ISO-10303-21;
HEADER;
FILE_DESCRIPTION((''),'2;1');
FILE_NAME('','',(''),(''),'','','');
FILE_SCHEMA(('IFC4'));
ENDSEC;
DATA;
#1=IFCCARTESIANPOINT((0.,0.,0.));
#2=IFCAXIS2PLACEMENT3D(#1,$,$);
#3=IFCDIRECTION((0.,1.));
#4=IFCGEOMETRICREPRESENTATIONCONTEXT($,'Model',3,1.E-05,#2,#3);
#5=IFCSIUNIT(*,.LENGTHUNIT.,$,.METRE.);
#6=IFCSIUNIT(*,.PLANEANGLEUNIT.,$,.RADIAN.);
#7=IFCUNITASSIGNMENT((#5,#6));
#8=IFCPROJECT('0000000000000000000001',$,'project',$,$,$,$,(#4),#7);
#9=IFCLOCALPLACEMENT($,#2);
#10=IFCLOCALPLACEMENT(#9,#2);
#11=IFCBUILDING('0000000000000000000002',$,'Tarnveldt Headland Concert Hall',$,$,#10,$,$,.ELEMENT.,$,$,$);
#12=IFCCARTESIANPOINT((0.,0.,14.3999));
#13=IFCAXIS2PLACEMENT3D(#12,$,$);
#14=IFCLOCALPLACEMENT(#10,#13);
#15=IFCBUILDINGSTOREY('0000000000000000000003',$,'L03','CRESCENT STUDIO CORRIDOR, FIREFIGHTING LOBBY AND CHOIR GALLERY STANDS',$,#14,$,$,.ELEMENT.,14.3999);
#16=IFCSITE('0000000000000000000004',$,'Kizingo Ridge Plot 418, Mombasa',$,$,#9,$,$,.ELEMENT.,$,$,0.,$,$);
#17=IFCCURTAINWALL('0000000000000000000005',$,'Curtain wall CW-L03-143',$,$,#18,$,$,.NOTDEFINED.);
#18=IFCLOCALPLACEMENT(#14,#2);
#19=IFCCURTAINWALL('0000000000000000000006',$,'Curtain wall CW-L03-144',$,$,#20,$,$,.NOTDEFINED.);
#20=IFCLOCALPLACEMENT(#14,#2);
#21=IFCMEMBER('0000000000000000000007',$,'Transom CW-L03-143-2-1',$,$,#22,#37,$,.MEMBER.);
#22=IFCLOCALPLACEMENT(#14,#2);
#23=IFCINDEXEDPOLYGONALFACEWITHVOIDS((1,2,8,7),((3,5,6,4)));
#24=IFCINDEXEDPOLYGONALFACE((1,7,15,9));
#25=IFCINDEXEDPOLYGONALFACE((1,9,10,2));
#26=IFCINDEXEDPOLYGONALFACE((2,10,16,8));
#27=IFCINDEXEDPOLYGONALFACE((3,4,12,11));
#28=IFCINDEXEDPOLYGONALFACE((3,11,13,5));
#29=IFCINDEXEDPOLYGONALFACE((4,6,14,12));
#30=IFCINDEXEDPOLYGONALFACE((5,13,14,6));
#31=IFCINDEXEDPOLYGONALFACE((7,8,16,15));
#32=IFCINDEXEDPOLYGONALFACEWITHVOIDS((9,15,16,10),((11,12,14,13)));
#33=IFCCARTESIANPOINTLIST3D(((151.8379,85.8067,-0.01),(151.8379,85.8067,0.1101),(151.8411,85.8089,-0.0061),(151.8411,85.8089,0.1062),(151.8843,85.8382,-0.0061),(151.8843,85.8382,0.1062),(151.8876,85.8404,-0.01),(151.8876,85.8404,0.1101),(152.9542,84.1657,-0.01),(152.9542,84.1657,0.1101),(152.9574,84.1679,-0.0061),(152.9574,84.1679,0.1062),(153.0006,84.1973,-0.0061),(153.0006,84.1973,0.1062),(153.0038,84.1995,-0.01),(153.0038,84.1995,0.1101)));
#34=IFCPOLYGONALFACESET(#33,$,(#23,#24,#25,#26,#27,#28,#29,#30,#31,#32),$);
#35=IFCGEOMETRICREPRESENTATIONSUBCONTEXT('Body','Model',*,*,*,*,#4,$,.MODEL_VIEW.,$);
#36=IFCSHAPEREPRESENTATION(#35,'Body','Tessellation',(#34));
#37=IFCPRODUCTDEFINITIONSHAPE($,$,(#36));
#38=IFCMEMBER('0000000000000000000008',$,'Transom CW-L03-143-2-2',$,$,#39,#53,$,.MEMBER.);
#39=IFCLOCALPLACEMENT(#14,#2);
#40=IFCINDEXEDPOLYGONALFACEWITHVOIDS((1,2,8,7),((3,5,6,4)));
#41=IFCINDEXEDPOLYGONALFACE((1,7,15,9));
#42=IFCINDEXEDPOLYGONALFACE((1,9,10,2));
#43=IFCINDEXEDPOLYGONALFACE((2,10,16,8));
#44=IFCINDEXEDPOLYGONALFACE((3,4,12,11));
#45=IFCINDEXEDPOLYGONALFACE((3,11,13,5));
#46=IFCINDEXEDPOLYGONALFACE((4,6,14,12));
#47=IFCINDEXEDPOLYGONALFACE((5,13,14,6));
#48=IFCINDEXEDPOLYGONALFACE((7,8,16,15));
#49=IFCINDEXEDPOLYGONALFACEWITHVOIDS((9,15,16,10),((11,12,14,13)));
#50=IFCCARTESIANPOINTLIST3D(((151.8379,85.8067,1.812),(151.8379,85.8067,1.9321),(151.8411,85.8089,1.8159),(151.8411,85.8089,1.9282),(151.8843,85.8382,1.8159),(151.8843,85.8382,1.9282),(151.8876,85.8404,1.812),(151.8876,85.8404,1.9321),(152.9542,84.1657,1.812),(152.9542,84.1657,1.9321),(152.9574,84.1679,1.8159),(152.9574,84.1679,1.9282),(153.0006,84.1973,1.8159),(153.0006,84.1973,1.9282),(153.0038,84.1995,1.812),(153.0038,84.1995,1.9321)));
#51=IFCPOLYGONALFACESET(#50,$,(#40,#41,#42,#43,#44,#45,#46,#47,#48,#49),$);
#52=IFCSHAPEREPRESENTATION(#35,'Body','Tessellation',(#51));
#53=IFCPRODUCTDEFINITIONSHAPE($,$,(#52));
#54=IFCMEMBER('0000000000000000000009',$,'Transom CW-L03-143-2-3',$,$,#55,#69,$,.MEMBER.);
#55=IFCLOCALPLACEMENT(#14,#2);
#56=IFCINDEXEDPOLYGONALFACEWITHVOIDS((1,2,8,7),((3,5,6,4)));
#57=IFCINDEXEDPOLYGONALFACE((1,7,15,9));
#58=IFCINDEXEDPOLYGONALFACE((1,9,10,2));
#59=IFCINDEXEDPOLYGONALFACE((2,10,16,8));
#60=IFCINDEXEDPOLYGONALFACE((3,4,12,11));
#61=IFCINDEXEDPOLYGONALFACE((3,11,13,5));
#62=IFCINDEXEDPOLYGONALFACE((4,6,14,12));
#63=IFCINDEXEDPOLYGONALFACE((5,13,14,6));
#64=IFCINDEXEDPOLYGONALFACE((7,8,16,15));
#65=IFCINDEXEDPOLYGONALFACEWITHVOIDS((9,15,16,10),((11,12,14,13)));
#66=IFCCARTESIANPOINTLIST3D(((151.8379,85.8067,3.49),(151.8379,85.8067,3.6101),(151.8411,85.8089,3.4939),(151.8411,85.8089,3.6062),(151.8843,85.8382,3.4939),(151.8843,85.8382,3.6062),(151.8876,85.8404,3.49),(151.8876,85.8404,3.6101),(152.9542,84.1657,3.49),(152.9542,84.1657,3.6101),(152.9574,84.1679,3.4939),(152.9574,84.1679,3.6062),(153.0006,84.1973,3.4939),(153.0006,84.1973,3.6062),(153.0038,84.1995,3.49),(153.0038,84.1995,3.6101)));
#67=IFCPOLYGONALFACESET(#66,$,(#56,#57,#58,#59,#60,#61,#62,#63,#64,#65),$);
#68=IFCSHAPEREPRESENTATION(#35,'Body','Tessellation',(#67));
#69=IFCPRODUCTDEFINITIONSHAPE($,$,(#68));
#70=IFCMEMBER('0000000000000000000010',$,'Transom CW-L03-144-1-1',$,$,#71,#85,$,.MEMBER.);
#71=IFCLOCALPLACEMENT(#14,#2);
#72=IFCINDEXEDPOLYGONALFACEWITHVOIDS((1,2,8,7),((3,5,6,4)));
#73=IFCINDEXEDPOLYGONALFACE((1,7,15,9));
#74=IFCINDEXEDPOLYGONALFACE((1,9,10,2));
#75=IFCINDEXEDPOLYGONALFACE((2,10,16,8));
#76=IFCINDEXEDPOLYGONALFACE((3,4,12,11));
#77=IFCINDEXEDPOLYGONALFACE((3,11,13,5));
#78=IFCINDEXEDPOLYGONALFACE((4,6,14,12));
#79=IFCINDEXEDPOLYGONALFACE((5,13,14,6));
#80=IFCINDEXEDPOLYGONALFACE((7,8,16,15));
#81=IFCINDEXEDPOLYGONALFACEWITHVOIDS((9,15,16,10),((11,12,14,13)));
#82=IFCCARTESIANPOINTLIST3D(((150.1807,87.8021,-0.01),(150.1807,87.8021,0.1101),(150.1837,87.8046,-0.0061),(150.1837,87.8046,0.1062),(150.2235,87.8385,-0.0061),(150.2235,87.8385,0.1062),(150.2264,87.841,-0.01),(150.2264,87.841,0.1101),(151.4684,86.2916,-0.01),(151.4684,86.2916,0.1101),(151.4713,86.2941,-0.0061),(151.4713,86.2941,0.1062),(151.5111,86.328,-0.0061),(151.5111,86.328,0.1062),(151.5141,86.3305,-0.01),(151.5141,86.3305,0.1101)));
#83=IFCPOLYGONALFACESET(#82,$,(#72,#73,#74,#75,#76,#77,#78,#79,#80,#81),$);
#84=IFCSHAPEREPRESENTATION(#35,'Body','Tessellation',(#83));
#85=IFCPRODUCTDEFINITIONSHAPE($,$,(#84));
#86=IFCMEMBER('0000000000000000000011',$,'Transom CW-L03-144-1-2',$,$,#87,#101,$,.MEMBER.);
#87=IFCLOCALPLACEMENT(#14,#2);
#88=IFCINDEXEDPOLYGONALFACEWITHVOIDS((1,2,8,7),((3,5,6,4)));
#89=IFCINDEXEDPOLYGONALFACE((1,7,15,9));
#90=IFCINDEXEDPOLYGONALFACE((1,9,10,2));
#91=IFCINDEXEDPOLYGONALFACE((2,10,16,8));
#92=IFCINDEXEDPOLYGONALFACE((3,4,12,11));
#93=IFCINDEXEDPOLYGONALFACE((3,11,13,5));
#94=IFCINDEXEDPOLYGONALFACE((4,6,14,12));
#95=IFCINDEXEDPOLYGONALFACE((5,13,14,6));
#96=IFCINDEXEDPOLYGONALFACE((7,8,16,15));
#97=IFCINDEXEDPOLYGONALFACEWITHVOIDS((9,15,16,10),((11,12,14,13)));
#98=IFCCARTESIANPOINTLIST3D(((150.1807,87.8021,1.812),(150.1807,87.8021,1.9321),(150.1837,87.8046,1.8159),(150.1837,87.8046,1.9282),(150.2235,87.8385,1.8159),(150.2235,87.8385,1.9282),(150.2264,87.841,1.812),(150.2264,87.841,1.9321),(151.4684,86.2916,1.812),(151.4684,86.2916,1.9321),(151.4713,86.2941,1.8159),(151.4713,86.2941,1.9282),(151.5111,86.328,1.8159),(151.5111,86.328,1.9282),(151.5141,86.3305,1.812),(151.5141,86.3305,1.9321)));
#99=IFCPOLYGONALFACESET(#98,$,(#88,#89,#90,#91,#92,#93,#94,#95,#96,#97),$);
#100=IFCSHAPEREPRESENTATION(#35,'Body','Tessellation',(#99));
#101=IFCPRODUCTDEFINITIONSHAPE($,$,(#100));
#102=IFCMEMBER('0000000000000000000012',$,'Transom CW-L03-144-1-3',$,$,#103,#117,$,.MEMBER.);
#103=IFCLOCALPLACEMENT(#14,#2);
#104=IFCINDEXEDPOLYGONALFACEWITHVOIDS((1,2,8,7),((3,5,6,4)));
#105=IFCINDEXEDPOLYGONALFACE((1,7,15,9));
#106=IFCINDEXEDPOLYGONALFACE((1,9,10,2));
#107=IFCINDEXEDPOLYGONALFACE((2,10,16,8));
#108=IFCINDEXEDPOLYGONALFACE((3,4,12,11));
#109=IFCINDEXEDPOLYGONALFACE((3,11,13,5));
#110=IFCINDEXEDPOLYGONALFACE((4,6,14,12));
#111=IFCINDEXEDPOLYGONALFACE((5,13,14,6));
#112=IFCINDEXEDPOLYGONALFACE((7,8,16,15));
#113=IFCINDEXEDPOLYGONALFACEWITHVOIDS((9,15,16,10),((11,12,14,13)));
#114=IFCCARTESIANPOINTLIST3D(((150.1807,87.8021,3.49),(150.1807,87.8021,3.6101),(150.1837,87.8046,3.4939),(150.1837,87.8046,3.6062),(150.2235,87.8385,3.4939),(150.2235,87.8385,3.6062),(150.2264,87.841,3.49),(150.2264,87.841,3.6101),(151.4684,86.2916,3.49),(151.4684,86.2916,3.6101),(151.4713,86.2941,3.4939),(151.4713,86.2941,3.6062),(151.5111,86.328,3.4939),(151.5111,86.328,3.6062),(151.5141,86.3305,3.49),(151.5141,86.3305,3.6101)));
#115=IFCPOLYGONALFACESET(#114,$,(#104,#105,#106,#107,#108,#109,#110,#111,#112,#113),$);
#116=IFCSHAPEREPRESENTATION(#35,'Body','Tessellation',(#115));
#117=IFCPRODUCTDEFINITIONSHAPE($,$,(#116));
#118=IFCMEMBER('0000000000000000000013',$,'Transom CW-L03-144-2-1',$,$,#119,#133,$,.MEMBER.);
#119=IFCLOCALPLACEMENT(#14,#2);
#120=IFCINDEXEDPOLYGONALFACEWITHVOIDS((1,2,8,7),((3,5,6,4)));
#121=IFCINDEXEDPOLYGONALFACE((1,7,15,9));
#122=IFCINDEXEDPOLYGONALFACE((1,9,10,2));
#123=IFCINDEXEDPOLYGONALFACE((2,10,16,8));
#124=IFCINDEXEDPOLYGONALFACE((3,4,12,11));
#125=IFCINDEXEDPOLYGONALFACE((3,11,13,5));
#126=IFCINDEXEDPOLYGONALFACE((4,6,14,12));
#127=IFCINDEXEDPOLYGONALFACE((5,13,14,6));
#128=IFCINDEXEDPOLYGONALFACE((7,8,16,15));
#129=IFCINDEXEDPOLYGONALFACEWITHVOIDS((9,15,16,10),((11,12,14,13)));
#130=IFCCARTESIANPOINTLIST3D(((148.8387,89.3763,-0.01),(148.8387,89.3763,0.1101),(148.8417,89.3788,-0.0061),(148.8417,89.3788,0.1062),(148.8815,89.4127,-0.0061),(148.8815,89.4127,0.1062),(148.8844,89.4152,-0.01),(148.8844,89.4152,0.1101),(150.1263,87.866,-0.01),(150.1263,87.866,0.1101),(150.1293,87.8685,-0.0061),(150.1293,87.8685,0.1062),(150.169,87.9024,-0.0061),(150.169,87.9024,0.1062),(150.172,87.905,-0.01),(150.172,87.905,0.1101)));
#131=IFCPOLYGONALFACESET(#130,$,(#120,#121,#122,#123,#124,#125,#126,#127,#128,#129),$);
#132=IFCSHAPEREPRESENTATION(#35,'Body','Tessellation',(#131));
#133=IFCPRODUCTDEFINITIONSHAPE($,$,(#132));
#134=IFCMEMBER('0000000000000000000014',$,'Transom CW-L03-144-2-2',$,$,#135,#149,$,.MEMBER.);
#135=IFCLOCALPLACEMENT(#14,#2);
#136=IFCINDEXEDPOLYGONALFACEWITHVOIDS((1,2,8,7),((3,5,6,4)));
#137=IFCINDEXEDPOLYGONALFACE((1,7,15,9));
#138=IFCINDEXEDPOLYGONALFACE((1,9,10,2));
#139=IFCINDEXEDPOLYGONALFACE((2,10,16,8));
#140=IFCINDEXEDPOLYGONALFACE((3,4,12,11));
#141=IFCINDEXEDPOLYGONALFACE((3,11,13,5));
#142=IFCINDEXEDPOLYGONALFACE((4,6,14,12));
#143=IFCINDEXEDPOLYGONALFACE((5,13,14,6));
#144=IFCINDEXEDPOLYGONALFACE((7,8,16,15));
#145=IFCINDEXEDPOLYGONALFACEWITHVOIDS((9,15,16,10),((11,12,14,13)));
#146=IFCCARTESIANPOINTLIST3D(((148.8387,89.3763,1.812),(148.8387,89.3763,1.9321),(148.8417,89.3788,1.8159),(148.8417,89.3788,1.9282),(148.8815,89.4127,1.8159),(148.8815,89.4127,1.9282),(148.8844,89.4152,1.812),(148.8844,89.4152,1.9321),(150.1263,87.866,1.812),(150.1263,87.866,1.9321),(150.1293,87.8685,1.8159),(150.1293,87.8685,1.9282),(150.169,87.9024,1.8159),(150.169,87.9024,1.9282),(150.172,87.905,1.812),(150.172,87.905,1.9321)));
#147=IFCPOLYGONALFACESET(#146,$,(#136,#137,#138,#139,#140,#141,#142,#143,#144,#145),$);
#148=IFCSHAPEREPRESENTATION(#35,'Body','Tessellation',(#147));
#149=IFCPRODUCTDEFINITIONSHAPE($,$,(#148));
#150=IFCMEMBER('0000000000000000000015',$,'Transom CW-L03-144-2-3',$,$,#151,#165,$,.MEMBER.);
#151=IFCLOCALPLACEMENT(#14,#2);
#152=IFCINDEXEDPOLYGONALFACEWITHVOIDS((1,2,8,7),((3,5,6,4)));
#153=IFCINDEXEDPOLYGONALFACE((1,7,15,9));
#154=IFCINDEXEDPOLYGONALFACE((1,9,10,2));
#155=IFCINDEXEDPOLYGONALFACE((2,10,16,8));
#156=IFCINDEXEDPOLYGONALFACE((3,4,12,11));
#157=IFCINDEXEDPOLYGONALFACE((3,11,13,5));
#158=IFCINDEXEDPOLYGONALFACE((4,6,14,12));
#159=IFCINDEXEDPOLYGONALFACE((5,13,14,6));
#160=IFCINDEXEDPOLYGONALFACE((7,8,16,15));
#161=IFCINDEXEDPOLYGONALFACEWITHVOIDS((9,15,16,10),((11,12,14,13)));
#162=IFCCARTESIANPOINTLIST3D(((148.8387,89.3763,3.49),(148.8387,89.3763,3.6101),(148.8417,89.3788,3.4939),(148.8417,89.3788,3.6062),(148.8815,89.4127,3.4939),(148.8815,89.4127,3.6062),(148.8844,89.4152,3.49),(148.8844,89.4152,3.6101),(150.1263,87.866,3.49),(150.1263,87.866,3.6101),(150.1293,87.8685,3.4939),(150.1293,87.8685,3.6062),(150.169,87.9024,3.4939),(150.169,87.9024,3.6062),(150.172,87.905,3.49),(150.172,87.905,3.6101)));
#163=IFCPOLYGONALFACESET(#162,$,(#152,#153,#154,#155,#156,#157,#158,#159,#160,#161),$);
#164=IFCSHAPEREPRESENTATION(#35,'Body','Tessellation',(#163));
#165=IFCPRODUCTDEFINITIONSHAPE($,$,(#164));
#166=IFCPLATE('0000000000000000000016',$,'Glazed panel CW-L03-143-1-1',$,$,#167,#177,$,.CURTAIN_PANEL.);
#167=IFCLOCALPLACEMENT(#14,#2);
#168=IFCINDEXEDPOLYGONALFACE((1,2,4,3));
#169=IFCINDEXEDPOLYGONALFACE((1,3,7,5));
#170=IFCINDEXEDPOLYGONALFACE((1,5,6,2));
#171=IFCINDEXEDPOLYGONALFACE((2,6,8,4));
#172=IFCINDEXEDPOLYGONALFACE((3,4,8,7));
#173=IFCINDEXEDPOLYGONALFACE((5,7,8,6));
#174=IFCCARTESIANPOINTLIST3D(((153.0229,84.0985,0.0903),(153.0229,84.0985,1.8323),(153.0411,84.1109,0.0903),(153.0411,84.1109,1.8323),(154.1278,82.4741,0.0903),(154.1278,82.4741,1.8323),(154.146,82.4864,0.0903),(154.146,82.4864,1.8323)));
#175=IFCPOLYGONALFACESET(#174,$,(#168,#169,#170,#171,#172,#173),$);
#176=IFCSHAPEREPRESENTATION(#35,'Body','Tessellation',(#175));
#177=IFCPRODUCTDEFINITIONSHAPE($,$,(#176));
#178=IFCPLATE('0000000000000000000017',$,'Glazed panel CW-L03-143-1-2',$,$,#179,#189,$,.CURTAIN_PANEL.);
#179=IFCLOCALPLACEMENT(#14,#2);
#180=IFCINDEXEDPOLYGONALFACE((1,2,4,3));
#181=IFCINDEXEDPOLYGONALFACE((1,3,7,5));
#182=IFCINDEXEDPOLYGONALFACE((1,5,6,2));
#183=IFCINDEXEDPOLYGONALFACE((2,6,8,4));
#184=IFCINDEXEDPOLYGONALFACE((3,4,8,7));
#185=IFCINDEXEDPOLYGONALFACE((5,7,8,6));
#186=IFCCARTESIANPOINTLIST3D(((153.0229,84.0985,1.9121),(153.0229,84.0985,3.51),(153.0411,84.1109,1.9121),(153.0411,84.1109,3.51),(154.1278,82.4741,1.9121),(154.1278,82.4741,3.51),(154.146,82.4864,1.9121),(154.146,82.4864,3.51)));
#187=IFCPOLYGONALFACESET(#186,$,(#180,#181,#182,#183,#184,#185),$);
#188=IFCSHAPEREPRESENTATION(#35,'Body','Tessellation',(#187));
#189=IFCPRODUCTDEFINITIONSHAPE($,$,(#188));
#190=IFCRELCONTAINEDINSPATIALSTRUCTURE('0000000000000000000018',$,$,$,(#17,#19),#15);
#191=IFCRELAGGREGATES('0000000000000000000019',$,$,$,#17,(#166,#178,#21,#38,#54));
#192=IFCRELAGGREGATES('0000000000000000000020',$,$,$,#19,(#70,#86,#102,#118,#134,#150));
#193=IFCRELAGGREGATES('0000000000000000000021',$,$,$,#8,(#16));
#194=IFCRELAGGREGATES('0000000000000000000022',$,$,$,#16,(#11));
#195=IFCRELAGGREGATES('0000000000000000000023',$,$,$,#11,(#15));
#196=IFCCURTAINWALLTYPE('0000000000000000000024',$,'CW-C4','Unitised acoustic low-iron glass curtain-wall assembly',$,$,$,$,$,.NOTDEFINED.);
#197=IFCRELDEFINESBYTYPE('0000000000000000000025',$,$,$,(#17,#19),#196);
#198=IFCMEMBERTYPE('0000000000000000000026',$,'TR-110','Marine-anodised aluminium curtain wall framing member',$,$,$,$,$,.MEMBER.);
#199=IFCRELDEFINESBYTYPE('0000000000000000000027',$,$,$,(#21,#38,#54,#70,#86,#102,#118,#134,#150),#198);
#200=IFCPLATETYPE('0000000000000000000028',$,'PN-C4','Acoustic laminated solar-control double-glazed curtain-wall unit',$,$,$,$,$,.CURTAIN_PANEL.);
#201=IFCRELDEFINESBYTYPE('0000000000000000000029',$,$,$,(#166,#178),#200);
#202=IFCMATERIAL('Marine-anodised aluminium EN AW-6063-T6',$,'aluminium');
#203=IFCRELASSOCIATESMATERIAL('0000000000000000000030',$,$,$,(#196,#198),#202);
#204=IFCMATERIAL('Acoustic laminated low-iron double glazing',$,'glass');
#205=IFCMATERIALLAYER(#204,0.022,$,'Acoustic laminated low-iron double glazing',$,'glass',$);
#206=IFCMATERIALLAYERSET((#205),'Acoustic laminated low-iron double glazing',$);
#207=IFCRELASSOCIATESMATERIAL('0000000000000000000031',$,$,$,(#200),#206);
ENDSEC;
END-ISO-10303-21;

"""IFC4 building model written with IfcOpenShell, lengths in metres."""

from ifc_helpers import new_model, si_unit, direction, frame, origin, origin_2d, place, context, subcontext, project, spatial, rectangle, hollow_rectangle, extrude, material, layer, layer_set, material_profile, profile_set, type_object, element, aggregate, save


model = new_model("IFC4")

# Units and contexts
model_context = context("Model", 3, precision=1e-05, world=origin(), true_north=direction((0.0, 1.0)))
body_context = subcontext(model_context, "Body", "Model", "MODEL_VIEW")
ifc_project = project(units=[si_unit("LENGTHUNIT", "METRE"), si_unit("PLANEANGLEUNIT", "RADIAN")], contexts=[model_context])

# Site, building, storey
site_placement = place(None, origin())
site = spatial("IfcSite", under=ifc_project, at=site_placement, Name="Kizingo Ridge Plot 418, Mombasa", CompositionType="ELEMENT", RefElevation=0.0)
building_placement = place(site_placement, origin())
building = spatial("IfcBuilding", under=site, at=building_placement, Name="Tarnveldt Headland Concert Hall", CompositionType="ELEMENT")
storey_placement = place(building_placement, frame((0.0, 0.0, 14.3999)))
storey = spatial("IfcBuildingStorey", under=building, at=storey_placement, Name="L03", Description="CRESCENT STUDIO CORRIDOR, FIREFIGHTING LOBBY AND CHOIR GALLERY STANDS", CompositionType="ELEMENT", Elevation=14.3999)

# Curtain walls
ifc_material_1 = material(Name="Marine-anodised aluminium EN AW-6063-T6", Category="aluminium")
curtain_wall_type = type_object("IfcCurtainWallType", Name="CW-C4", Description="Unitised acoustic low-iron glass curtain-wall assembly", PredefinedType="NOTDEFINED", material=ifc_material_1)
curtain_wall_1_placement = place(storey_placement, origin())
curtain_wall_1 = element("IfcCurtainWall", 1, at=curtain_wall_1_placement, inside=storey, type_object=curtain_wall_type, Name="Curtain wall CW-L03-143", PredefinedType="NOTDEFINED")
curtain_wall_2_placement = place(storey_placement, origin())
curtain_wall_2 = element("IfcCurtainWall", 2, at=curtain_wall_2_placement, inside=storey, type_object=curtain_wall_type, Name="Curtain wall CW-L03-144", PredefinedType="NOTDEFINED")

# Members
ifc_material_profile_1 = material_profile(ifc_material_1, hollow_rectangle(XDim=0.0601, YDim=0.1201, WallThickness=0.0039, at=origin_2d()), Name="ALU TRANSOM 60x120x4", Category="aluminium")
ifc_profile_set_1 = profile_set([ifc_material_profile_1], Name="Marine-anodised aluminium EN AW-6063-T6")
member_type_1 = type_object("IfcMemberType", Name="TR-110", Description="Marine-anodised aluminium curtain wall framing member", PredefinedType="MEMBER", material=ifc_profile_set_1)
member_1_placement = place(storey_placement, frame((152.979, 84.1826, 0.05), z_axis=(-0.562455, 0.826828, 0.0), x_axis=(-0.826828, -0.562455, 0.0)))
member_1 = element("IfcMember", 3, at=member_1_placement, type_object=member_type_1, Name="Transom CW-L03-143-2-1", PredefinedType="MEMBER", context=body_context, shape_type="SweptSolid", body=[
    extrude(hollow_rectangle(XDim=0.0601, YDim=0.1201, WallThickness=0.0039, at=origin_2d()), origin(), (0.0, 0.0, 1.0), 1.9846),
])
member_2_placement = place(storey_placement, frame((152.979, 84.1826, 1.8721), z_axis=(-0.562455, 0.826828, 0.0), x_axis=(-0.826828, -0.562455, 0.0)))
member_2 = element("IfcMember", 4, at=member_2_placement, type_object=member_type_1, Name="Transom CW-L03-143-2-2", PredefinedType="MEMBER", context=body_context, shape_type="SweptSolid", body=[
    extrude(hollow_rectangle(XDim=0.0601, YDim=0.1201, WallThickness=0.0039, at=origin_2d()), origin(), (0.0, 0.0, 1.0), 1.9846),
])
member_3_placement = place(storey_placement, frame((152.979, 84.1826, 3.55), z_axis=(-0.562455, 0.826828, 0.0), x_axis=(-0.826828, -0.562455, 0.0)))
member_3 = element("IfcMember", 5, at=member_3_placement, type_object=member_type_1, Name="Transom CW-L03-143-2-3", PredefinedType="MEMBER", context=body_context, shape_type="SweptSolid", body=[
    extrude(hollow_rectangle(XDim=0.0601, YDim=0.1201, WallThickness=0.0039, at=origin_2d()), origin(), (0.0, 0.0, 1.0), 1.9846),
])
member_4_placement = place(storey_placement, frame((151.4912, 86.311, 0.05), z_axis=(-0.648722, 0.761025, 0.0), x_axis=(-0.761025, -0.648722, 0.0)))
member_4 = element("IfcMember", 6, at=member_4_placement, type_object=member_type_1, Name="Transom CW-L03-144-1-1", PredefinedType="MEMBER", context=body_context, shape_type="SweptSolid", body=[
    extrude(hollow_rectangle(XDim=0.0601, YDim=0.1201, WallThickness=0.0039, at=origin_2d()), origin(), (0.0, 0.0, 1.0), 1.9849),
])
member_5_placement = place(storey_placement, frame((151.4912, 86.311, 1.8721), z_axis=(-0.648722, 0.761025, 0.0), x_axis=(-0.761025, -0.648722, 0.0)))
member_5 = element("IfcMember", 7, at=member_5_placement, type_object=member_type_1, Name="Transom CW-L03-144-1-2", PredefinedType="MEMBER", context=body_context, shape_type="SweptSolid", body=[
    extrude(hollow_rectangle(XDim=0.0601, YDim=0.1201, WallThickness=0.0039, at=origin_2d()), origin(), (0.0, 0.0, 1.0), 1.9849),
])
member_6_placement = place(storey_placement, frame((151.4912, 86.311, 3.55), z_axis=(-0.648722, 0.761025, 0.0), x_axis=(-0.761025, -0.648722, 0.0)))
member_6 = element("IfcMember", 8, at=member_6_placement, type_object=member_type_1, Name="Transom CW-L03-144-1-3", PredefinedType="MEMBER", context=body_context, shape_type="SweptSolid", body=[
    extrude(hollow_rectangle(XDim=0.0601, YDim=0.1201, WallThickness=0.0039, at=origin_2d()), origin(), (0.0, 0.0, 1.0), 1.9849),
])
member_7_placement = place(storey_placement, frame((150.1492, 87.8855, 0.05), z_axis=(-0.648783, 0.760973, 0.0), x_axis=(-0.760973, -0.648783, 0.0)))
member_7 = element("IfcMember", 9, at=member_7_placement, type_object=member_type_1, Name="Transom CW-L03-144-2-1", PredefinedType="MEMBER", context=body_context, shape_type="SweptSolid", body=[
    extrude(hollow_rectangle(XDim=0.0601, YDim=0.1201, WallThickness=0.0039, at=origin_2d()), origin(), (0.0, 0.0, 1.0), 1.9846),
])
member_8_placement = place(storey_placement, frame((150.1492, 87.8855, 1.8721), z_axis=(-0.648783, 0.760973, 0.0), x_axis=(-0.760973, -0.648783, 0.0)))
member_8 = element("IfcMember", 10, at=member_8_placement, type_object=member_type_1, Name="Transom CW-L03-144-2-2", PredefinedType="MEMBER", context=body_context, shape_type="SweptSolid", body=[
    extrude(hollow_rectangle(XDim=0.0601, YDim=0.1201, WallThickness=0.0039, at=origin_2d()), origin(), (0.0, 0.0, 1.0), 1.9846),
])
member_9_placement = place(storey_placement, frame((150.1492, 87.8855, 3.55), z_axis=(-0.648783, 0.760973, 0.0), x_axis=(-0.760973, -0.648783, 0.0)))
member_9 = element("IfcMember", 11, at=member_9_placement, type_object=member_type_1, Name="Transom CW-L03-144-2-3", PredefinedType="MEMBER", context=body_context, shape_type="SweptSolid", body=[
    extrude(hollow_rectangle(XDim=0.0601, YDim=0.1201, WallThickness=0.0039, at=origin_2d()), origin(), (0.0, 0.0, 1.0), 1.9846),
])

# Plates
ifc_material_2 = material(Name="Acoustic laminated low-iron double glazing", Category="glass")
ifc_layer = layer(ifc_material_2, 0.022, Name="Acoustic laminated low-iron double glazing", Category="glass")
ifc_layer_set = layer_set([ifc_layer], Name="Acoustic laminated low-iron double glazing")
plate_type = type_object("IfcPlateType", Name="PN-C4", Description="Acoustic laminated solar-control double-glazed curtain-wall unit", PredefinedType="CURTAIN_PANEL", material=ifc_layer_set)
plate_1_placement = place(storey_placement, frame((153.5845, 83.2925, 0.0903), z_axis=(0.0, 0.0, 1.0), x_axis=(-0.562415, 0.826855, 0.0)))
plate_1 = element("IfcPlate", 12, at=plate_1_placement, type_object=plate_type, Name="Glazed panel CW-L03-143-1-1", PredefinedType="CURTAIN_PANEL", context=body_context, shape_type="SweptSolid", body=[
    extrude(rectangle(XDim=1.9646, YDim=0.022, at=origin_2d()), origin(), (0.0, 0.0, 1.0), 1.7419),
])
plate_2_placement = place(storey_placement, frame((153.5845, 83.2925, 1.9121), z_axis=(0.0, 0.0, 1.0), x_axis=(-0.562415, 0.826855, 0.0)))
plate_2 = element("IfcPlate", 13, at=plate_2_placement, type_object=plate_type, Name="Glazed panel CW-L03-143-1-2", PredefinedType="CURTAIN_PANEL", context=body_context, shape_type="SweptSolid", body=[
    extrude(rectangle(XDim=1.9646, YDim=0.022, at=origin_2d()), origin(), (0.0, 0.0, 1.0), 1.5979),
])
aggregate(curtain_wall_1, [plate_1, plate_2, member_1, member_2, member_3])
aggregate(curtain_wall_2, [member_4, member_5, member_6, member_7, member_8, member_9])

save(model, "model.ifc")
